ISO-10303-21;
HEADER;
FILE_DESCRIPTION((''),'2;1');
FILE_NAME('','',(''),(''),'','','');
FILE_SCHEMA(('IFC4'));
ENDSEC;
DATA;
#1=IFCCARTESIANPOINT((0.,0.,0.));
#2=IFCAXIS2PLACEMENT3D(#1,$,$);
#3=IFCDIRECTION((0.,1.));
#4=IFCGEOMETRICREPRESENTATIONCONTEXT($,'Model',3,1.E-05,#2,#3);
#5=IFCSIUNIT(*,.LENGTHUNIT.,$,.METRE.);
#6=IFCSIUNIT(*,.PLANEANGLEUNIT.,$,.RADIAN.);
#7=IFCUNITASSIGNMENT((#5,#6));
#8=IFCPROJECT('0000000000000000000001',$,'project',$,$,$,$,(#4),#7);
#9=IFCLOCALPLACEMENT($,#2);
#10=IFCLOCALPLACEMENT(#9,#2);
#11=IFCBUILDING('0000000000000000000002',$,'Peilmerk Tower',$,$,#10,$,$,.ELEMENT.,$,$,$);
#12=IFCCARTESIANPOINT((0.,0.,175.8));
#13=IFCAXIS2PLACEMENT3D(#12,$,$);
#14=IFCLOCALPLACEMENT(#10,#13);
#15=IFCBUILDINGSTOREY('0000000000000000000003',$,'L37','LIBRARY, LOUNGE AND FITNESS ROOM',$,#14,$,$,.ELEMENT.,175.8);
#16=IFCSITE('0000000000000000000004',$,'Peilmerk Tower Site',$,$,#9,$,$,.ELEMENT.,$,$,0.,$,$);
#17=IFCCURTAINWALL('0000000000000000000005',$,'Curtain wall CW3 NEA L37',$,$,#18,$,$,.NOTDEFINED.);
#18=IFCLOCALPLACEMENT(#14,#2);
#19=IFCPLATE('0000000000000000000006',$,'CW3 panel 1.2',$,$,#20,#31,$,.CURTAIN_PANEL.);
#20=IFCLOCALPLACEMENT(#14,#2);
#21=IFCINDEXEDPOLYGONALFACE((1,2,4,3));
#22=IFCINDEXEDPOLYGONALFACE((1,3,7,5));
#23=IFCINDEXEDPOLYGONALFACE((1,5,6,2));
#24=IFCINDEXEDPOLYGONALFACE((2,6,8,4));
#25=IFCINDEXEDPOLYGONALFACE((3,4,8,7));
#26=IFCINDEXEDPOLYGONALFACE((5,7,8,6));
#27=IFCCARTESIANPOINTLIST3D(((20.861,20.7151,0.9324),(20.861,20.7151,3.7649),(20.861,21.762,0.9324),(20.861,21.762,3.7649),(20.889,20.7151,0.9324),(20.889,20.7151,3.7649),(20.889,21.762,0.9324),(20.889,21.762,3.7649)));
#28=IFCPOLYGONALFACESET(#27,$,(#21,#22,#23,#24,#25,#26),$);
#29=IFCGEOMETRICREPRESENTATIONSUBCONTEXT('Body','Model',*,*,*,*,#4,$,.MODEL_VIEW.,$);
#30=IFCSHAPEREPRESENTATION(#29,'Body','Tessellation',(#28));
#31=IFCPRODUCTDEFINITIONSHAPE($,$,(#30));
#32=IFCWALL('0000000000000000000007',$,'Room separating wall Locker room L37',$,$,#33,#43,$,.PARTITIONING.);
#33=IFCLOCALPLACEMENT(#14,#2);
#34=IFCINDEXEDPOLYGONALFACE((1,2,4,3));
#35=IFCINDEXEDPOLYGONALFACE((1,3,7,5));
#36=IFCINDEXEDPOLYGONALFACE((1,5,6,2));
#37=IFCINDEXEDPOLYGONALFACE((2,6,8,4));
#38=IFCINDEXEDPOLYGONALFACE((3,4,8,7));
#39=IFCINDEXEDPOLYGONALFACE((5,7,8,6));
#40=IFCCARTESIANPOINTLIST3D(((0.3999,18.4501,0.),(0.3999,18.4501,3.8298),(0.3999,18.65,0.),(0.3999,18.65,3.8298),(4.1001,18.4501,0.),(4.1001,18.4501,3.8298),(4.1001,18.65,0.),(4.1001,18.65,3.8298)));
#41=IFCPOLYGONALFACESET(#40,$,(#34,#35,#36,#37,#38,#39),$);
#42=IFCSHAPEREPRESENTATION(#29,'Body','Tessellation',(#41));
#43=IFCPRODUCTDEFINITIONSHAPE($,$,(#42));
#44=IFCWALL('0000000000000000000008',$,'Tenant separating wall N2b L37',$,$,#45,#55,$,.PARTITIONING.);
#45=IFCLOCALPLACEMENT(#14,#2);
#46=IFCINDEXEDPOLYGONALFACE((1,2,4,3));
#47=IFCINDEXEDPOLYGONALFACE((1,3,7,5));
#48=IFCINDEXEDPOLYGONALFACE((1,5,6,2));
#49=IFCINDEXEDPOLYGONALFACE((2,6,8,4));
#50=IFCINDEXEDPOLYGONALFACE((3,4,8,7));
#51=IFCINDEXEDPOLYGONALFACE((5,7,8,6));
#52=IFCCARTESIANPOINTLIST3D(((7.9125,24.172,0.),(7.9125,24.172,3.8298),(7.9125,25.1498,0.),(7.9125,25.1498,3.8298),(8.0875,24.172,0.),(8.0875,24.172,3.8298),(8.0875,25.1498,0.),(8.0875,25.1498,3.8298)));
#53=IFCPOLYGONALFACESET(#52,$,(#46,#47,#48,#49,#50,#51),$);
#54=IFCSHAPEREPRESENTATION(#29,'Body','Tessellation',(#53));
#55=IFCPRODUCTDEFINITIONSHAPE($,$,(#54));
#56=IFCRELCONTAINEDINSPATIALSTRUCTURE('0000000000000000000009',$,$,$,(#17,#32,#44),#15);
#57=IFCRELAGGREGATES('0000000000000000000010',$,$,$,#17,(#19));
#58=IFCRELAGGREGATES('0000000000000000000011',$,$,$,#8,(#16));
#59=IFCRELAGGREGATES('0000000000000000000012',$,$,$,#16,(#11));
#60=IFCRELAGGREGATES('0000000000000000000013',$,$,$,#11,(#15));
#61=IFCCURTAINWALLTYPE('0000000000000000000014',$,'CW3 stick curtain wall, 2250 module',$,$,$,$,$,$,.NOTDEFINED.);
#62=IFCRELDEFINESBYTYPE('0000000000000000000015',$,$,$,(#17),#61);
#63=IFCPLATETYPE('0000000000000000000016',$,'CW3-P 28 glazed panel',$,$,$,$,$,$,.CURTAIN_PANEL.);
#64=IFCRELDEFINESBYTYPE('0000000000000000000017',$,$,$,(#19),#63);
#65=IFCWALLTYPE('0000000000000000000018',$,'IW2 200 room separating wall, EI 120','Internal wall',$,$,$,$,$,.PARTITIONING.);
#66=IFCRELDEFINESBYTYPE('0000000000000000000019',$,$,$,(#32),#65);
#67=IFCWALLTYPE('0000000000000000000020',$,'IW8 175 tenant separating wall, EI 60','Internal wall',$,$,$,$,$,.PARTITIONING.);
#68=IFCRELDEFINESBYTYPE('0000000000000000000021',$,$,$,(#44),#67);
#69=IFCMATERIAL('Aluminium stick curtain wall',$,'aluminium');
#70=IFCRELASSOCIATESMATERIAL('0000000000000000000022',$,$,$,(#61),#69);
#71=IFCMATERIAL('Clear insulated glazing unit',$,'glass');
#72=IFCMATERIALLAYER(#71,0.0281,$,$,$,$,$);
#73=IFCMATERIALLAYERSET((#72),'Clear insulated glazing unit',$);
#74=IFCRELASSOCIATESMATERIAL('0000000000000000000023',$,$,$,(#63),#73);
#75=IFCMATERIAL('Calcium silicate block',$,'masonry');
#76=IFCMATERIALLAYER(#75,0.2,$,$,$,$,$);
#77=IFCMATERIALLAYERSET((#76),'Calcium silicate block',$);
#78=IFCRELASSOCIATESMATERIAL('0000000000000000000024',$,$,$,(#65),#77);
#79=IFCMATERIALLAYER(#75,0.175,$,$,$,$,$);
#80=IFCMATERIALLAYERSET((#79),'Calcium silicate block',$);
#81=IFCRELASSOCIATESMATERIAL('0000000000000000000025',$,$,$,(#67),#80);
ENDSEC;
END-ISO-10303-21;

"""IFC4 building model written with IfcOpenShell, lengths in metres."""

from ifc_helpers import new_model, si_unit, direction, frame, frame_2d, origin, origin_2d, place, context, subcontext, project, spatial, rectangle, extrude, material, layer, layer_set, type_object, element, aggregate, save


model = new_model("IFC4")

# Units and contexts
model_context = context("Model", 3, precision=1e-05, world=origin(), true_north=direction((0.0, 1.0)))
body_context = subcontext(model_context, "Body", "Model", "MODEL_VIEW")
ifc_project = project(units=[si_unit("LENGTHUNIT", "METRE"), si_unit("PLANEANGLEUNIT", "RADIAN")], contexts=[model_context])

# Site, building, storey
site_placement = place(None, origin())
site = spatial("IfcSite", under=ifc_project, at=site_placement, Name="Peilmerk Tower Site", CompositionType="ELEMENT", RefElevation=0.0)
building_placement = place(site_placement, origin())
building = spatial("IfcBuilding", under=site, at=building_placement, Name="Peilmerk Tower", CompositionType="ELEMENT")
storey_placement = place(building_placement, frame((0.0, 0.0, 175.8)))
storey = spatial("IfcBuildingStorey", under=building, at=storey_placement, Name="L37", Description="LIBRARY, LOUNGE AND FITNESS ROOM", CompositionType="ELEMENT", Elevation=175.8)

# Curtain wall, plate
ifc_material_1 = material(Name="Aluminium stick curtain wall", Category="aluminium")
curtain_wall_type = type_object("IfcCurtainWallType", Name="CW3 stick curtain wall, 2250 module", PredefinedType="NOTDEFINED", material=ifc_material_1)
curtain_wall_placement = place(storey_placement, origin())
curtain_wall = element("IfcCurtainWall", 1, at=curtain_wall_placement, inside=storey, type_object=curtain_wall_type, Name="Curtain wall CW3 NEA L37", PredefinedType="NOTDEFINED")
ifc_material_2 = material(Name="Clear insulated glazing unit", Category="glass")
ifc_layer_1 = layer(ifc_material_2, 0.0281)
ifc_layer_set_1 = layer_set([ifc_layer_1], Name="Clear insulated glazing unit")
plate_type = type_object("IfcPlateType", Name="CW3-P 28 glazed panel", PredefinedType="CURTAIN_PANEL", material=ifc_layer_set_1)
plate_1_placement = place(storey_placement, frame((20.875, 21.2385, 0.9324), z_axis=(0.0, 0.0, 1.0), x_axis=(0.0, 1.0, 0.0)))
plate_1 = element("IfcPlate", 2, at=plate_1_placement, type_object=plate_type, Name="CW3 panel 1.2", PredefinedType="CURTAIN_PANEL", context=body_context, shape_type="SweptSolid", body=[
    extrude(rectangle(XDim=1.0469, YDim=0.0281, at=origin_2d()), origin(), (0.0, 0.0, 1.0), 2.8325),
])
aggregate(curtain_wall, [plate_1])

# Walls
ifc_material_3 = material(Name="Calcium silicate block", Category="masonry")
ifc_layer_2 = layer(ifc_material_3, 0.2)
ifc_layer_set_2 = layer_set([ifc_layer_2], Name="Calcium silicate block")
wall_type_1 = type_object("IfcWallType", Name="IW2 200 room separating wall, EI 120", Description="Internal wall", PredefinedType="PARTITIONING", material=ifc_layer_set_2)
wall_1_placement = place(storey_placement, frame((0.3999, 18.55, 0.0), z_axis=(0.0, 0.0, 1.0), x_axis=(1.0, 0.0, 0.0)))
element("IfcWall", 3, at=wall_1_placement, inside=storey, type_object=wall_type_1, Name="Room separating wall Locker room L37", PredefinedType="PARTITIONING", context=body_context, shape_type="SweptSolid", body=[
    extrude(rectangle(XDim=3.7002, YDim=0.2, at=frame_2d((1.8501, 0.0))), origin(), (0.0, 0.0, 1.0), 3.8298),
])
ifc_layer_3 = layer(ifc_material_3, 0.175)
ifc_layer_set_3 = layer_set([ifc_layer_3], Name="Calcium silicate block")
wall_type_2 = type_object("IfcWallType", Name="IW8 175 tenant separating wall, EI 60", Description="Internal wall", PredefinedType="PARTITIONING", material=ifc_layer_set_3)
wall_2_placement = place(storey_placement, frame((8.0, 24.1721, 0.0), z_axis=(0.0, 0.0, 1.0), x_axis=(0.0, 1.0, 0.0)))
element("IfcWall", 4, at=wall_2_placement, inside=storey, type_object=wall_type_2, Name="Tenant separating wall N2b L37", PredefinedType="PARTITIONING", context=body_context, shape_type="SweptSolid", body=[
    extrude(rectangle(XDim=0.9778, YDim=0.175, at=frame_2d((0.4888, 0.0))), origin(), (0.0, 0.0, 1.0), 3.8298),
])

save(model, "model.ifc")
